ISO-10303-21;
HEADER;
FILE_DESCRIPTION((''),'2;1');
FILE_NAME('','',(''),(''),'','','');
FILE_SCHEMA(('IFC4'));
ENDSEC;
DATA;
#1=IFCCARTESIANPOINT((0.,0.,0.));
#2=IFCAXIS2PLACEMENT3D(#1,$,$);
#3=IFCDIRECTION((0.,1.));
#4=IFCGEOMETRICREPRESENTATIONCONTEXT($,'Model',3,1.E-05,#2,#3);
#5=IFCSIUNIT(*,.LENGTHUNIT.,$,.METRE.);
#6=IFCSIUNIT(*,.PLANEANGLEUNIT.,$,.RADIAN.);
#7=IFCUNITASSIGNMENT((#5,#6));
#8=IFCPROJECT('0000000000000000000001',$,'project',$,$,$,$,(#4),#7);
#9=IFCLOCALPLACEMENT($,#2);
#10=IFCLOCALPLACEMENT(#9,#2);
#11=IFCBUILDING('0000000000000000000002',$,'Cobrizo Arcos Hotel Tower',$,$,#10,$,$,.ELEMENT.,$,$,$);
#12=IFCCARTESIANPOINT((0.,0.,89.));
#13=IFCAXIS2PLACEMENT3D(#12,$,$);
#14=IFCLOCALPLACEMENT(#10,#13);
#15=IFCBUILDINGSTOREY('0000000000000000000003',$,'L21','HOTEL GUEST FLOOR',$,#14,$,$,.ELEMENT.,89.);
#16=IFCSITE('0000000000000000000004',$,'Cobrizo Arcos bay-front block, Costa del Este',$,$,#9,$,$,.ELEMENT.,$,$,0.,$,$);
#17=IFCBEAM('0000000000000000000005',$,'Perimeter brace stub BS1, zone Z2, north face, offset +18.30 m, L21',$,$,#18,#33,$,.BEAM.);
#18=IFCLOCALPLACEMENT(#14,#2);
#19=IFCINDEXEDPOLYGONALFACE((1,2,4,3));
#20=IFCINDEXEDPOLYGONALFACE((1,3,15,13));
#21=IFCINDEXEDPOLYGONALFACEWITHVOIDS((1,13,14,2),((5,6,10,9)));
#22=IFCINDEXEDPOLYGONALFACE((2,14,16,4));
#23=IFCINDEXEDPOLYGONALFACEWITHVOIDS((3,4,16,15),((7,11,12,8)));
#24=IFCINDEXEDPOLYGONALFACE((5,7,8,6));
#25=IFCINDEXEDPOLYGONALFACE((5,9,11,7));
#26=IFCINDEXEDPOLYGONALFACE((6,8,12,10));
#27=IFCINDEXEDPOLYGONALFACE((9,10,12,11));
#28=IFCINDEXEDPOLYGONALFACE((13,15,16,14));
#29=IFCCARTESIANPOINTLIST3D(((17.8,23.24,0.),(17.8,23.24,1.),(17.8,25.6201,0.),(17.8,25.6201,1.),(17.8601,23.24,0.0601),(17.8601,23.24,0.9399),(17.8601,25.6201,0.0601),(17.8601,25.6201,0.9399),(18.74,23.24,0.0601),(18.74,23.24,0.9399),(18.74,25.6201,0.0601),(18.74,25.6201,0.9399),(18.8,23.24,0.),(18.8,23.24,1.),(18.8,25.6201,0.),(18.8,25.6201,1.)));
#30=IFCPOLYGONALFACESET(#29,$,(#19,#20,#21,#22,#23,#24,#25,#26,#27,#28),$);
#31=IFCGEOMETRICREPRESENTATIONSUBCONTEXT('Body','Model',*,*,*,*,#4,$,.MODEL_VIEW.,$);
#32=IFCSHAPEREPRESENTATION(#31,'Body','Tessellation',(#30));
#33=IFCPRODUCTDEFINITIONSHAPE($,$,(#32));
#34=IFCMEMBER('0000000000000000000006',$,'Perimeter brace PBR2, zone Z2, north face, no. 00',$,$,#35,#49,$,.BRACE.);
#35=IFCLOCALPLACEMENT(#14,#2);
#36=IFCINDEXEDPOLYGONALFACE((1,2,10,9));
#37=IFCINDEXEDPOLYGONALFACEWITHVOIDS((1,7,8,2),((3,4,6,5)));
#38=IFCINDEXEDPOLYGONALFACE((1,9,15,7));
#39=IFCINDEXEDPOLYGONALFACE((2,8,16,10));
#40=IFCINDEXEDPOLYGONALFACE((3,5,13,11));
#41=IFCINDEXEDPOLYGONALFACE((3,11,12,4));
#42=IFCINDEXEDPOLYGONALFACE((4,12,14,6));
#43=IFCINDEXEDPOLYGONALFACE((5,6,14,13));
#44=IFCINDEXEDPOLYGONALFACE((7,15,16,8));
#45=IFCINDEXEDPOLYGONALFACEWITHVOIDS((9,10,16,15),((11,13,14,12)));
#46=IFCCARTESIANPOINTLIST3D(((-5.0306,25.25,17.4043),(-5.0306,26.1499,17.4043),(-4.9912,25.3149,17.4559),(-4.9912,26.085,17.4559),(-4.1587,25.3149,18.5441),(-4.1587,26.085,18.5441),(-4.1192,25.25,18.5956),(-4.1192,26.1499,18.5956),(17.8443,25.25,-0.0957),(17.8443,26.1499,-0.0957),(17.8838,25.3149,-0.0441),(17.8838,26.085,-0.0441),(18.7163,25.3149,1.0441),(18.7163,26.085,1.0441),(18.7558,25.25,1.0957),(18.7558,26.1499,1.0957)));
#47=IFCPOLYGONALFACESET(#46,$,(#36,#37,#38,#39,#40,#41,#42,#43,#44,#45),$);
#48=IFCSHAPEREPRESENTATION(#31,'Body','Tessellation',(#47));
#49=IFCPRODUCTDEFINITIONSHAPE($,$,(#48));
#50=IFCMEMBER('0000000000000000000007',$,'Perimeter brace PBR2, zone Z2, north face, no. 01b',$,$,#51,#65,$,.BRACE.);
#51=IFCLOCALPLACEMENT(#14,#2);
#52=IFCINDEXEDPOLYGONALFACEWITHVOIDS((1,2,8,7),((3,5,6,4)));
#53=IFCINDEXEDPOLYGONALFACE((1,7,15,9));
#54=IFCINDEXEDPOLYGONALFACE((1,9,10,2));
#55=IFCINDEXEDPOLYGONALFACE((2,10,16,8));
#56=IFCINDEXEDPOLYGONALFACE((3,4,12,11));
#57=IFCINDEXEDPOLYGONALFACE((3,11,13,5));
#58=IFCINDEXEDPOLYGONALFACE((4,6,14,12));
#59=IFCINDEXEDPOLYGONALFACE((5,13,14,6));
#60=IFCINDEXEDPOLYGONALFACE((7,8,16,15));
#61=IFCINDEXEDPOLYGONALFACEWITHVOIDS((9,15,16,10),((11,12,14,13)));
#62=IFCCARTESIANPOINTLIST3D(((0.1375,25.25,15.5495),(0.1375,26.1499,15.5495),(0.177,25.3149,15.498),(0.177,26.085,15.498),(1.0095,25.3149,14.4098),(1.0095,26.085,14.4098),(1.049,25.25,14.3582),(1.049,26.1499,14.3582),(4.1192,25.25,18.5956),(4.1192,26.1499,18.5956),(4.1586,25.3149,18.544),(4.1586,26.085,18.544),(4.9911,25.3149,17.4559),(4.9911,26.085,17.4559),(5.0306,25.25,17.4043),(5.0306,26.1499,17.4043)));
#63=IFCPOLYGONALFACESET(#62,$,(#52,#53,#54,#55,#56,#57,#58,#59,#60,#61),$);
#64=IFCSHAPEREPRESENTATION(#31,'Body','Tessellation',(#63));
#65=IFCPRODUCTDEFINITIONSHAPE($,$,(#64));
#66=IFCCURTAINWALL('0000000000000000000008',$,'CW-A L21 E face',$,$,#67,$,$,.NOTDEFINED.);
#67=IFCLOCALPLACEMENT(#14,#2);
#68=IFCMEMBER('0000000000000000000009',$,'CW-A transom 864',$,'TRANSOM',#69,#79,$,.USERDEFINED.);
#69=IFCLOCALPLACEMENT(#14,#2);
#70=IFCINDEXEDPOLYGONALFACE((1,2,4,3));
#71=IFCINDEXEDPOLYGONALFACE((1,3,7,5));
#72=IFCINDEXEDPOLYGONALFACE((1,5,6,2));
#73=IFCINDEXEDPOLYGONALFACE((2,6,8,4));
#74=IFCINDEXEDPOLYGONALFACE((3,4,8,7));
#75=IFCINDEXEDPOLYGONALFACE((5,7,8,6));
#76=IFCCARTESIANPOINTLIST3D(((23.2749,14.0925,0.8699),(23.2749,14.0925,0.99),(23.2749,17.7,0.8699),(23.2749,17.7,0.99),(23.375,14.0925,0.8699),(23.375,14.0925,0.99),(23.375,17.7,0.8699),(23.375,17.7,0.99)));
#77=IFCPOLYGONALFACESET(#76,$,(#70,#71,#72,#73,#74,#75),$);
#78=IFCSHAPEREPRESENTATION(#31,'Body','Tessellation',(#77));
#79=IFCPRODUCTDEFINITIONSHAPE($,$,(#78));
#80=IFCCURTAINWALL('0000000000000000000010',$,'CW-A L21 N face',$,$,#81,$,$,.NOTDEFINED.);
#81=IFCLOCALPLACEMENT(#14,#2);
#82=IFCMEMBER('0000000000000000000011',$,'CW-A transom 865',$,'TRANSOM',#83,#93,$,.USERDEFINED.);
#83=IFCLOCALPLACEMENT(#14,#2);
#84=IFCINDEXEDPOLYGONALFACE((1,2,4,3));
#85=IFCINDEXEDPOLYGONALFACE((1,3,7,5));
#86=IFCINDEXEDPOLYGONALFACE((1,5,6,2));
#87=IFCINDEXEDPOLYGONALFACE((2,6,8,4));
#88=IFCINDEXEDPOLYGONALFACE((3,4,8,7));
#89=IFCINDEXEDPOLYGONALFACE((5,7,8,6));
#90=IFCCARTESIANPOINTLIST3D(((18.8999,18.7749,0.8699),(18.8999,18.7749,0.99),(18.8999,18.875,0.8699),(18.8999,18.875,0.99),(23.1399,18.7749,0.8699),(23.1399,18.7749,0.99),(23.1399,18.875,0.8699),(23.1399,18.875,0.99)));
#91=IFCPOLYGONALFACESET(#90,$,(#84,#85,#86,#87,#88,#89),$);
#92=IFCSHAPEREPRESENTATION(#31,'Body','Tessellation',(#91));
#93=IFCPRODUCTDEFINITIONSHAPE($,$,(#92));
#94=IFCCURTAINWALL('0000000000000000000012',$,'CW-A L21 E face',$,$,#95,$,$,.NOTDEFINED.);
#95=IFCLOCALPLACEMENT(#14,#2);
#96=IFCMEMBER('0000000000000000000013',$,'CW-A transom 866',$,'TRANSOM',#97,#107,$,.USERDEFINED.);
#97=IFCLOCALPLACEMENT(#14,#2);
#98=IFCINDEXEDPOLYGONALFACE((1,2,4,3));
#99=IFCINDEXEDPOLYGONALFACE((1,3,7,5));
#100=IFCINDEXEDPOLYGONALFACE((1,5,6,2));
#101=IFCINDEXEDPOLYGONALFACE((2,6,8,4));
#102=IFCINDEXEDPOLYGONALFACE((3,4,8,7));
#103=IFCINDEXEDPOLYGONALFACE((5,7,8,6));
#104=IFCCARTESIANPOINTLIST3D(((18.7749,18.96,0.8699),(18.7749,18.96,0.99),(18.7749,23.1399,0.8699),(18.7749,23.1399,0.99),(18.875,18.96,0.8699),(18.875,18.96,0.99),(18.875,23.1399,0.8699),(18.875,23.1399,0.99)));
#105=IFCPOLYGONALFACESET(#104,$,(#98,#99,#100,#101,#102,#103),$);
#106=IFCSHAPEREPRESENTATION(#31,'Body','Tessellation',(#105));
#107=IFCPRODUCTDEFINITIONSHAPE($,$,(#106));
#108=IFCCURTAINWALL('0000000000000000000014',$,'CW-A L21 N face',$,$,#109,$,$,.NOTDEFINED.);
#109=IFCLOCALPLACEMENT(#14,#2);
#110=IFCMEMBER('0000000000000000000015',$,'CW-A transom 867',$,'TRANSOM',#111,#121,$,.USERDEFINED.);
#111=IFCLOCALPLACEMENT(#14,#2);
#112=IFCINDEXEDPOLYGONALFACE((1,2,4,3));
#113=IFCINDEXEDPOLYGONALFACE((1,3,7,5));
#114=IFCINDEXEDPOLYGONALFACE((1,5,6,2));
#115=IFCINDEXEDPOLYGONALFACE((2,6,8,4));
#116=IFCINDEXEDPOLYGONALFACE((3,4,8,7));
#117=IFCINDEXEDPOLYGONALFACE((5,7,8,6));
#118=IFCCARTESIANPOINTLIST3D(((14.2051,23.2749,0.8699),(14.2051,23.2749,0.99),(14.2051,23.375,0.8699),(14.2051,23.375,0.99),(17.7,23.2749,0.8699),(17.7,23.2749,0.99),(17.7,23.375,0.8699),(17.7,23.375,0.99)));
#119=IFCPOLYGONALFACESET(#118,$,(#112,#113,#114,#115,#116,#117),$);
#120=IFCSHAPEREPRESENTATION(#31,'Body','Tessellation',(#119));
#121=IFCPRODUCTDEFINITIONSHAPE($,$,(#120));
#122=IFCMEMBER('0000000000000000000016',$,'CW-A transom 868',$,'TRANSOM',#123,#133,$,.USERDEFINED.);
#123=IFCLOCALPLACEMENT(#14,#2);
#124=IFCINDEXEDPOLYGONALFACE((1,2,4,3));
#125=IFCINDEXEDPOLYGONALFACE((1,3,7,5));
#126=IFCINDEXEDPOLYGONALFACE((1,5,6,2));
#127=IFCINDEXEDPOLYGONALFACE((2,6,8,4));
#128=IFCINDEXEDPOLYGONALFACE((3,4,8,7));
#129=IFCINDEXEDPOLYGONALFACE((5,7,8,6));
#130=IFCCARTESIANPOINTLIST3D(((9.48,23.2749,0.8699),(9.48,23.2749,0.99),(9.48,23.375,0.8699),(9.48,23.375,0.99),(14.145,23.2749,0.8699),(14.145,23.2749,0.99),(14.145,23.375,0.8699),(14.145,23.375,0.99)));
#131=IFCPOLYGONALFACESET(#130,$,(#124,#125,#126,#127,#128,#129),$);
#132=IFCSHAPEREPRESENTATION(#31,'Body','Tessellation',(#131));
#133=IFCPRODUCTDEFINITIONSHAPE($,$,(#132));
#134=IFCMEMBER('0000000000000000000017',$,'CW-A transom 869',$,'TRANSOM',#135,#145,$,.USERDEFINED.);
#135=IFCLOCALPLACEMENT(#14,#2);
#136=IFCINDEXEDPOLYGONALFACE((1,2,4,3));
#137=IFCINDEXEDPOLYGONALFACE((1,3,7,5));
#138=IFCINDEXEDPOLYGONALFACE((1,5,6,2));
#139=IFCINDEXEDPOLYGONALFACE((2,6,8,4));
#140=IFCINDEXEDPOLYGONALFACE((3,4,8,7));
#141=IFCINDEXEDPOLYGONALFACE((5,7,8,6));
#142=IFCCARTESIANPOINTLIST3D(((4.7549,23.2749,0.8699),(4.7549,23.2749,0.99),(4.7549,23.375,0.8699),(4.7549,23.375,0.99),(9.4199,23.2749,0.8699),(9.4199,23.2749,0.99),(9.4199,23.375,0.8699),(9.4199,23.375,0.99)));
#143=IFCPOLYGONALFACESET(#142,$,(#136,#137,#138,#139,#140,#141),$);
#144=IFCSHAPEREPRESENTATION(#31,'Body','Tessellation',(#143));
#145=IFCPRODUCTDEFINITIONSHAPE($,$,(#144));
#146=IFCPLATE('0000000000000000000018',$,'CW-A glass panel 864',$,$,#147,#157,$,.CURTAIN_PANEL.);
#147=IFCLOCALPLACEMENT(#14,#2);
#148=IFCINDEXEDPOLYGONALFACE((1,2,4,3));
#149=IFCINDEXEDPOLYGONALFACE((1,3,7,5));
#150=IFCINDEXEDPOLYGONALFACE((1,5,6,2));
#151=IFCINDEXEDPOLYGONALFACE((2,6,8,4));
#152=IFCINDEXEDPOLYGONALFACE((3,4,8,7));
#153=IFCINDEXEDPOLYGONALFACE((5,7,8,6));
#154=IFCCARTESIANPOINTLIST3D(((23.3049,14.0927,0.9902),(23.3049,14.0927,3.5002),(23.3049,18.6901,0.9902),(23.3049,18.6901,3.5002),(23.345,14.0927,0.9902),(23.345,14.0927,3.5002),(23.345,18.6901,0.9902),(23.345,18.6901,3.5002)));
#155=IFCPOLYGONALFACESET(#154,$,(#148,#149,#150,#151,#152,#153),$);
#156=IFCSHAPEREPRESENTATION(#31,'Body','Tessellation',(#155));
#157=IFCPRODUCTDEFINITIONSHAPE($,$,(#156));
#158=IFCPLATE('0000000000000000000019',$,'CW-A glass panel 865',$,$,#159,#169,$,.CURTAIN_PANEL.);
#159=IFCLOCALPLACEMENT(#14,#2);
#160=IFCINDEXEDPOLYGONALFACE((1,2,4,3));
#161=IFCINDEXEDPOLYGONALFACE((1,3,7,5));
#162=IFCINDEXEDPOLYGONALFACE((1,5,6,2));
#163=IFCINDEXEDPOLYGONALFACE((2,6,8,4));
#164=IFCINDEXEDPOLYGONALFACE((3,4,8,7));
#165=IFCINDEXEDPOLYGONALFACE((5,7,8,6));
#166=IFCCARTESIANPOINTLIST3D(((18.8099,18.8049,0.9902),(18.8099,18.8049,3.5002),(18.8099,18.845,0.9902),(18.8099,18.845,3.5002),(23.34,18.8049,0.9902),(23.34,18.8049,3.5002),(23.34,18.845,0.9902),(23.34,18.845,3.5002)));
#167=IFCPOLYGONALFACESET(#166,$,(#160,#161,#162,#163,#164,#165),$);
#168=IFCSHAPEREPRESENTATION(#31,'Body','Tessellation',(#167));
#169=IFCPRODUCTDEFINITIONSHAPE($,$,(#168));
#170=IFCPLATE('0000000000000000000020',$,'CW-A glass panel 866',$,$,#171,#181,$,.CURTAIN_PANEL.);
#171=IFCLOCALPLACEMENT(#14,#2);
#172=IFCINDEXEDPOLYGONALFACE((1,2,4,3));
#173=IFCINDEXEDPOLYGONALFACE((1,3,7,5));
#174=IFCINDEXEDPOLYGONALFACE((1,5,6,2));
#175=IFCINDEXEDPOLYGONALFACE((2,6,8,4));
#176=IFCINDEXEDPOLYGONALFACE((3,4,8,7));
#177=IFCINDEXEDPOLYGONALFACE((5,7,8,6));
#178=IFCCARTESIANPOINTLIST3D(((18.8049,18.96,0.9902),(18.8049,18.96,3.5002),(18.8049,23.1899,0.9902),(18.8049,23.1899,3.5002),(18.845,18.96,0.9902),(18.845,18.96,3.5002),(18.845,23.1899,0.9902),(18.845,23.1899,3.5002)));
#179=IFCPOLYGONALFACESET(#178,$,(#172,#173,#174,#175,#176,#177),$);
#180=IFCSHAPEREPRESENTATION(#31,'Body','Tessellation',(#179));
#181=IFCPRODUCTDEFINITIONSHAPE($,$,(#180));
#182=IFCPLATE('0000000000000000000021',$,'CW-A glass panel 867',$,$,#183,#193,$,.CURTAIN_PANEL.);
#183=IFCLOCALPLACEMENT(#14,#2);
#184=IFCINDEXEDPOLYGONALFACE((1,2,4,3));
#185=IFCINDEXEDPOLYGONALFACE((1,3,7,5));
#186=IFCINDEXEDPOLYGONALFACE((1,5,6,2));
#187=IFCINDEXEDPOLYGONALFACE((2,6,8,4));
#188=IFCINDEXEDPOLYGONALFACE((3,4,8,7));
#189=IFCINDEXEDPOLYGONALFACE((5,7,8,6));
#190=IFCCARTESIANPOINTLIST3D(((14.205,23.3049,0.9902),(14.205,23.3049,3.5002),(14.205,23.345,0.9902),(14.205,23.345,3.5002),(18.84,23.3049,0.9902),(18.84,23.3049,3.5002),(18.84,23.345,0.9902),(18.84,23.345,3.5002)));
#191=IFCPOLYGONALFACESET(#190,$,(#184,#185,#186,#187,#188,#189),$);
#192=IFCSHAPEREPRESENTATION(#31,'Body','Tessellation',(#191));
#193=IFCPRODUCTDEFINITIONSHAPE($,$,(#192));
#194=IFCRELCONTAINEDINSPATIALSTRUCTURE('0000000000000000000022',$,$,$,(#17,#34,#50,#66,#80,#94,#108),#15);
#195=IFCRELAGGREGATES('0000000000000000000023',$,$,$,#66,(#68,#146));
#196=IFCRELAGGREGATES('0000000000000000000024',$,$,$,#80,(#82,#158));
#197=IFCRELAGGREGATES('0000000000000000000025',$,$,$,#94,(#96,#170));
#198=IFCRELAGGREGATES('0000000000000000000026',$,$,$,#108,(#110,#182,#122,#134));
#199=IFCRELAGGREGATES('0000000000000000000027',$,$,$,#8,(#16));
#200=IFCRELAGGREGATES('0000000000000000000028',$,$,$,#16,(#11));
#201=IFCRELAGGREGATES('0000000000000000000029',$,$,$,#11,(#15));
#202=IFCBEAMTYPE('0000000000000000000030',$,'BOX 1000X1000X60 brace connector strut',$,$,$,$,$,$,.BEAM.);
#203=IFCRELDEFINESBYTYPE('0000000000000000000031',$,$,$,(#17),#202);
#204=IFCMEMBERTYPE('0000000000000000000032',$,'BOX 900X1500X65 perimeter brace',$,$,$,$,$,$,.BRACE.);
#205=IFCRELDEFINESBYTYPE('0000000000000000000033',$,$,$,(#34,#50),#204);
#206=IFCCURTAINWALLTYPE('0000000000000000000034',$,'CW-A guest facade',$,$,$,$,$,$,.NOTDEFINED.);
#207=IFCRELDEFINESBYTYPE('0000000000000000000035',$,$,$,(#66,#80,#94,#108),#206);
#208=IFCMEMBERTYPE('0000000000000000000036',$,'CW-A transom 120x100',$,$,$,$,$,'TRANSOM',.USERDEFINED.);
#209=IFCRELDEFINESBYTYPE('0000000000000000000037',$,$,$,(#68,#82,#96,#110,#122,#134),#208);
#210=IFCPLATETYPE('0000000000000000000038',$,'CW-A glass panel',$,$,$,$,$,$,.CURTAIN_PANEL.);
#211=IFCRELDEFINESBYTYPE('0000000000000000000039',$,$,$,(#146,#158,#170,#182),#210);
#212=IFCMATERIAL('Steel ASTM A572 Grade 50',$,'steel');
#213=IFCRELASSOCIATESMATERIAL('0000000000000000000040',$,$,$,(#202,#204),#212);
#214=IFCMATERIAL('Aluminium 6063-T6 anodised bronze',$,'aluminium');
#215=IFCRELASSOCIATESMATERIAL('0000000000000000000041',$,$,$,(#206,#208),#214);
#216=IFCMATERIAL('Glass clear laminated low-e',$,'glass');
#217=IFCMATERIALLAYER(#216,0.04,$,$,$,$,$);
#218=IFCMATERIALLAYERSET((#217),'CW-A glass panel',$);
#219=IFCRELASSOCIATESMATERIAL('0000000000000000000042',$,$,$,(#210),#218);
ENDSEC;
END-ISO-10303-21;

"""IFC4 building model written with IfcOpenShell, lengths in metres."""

from ifc_helpers import new_model, si_unit, direction, frame, origin, origin_2d, place, context, subcontext, project, spatial, rectangle, hollow_rectangle, extrude, material, layer, layer_set, material_profile, profile_set, type_object, element, aggregate, save


model = new_model("IFC4")

# Units and contexts
model_context = context("Model", 3, precision=1e-05, world=origin(), true_north=direction((0.0, 1.0)))
body_context = subcontext(model_context, "Body", "Model", "MODEL_VIEW")
ifc_project = project(units=[si_unit("LENGTHUNIT", "METRE"), si_unit("PLANEANGLEUNIT", "RADIAN")], contexts=[model_context])

# Site, building, storey
site_placement = place(None, origin())
site = spatial("IfcSite", under=ifc_project, at=site_placement, Name="Cobrizo Arcos bay-front block, Costa del Este", CompositionType="ELEMENT", RefElevation=0.0)
building_placement = place(site_placement, origin())
building = spatial("IfcBuilding", under=site, at=building_placement, Name="Cobrizo Arcos Hotel Tower", CompositionType="ELEMENT")
storey_placement = place(building_placement, frame((0.0, 0.0, 89.0)))
storey = spatial("IfcBuildingStorey", under=building, at=storey_placement, Name="L21", Description="HOTEL GUEST FLOOR", CompositionType="ELEMENT", Elevation=89.0)

# Beam
ifc_material_1 = material(Name="Steel ASTM A572 Grade 50", Category="steel")
ifc_material_profile_1 = material_profile(ifc_material_1, hollow_rectangle(XDim=1.0, YDim=1.0, WallThickness=0.0601, at=origin_2d()), Name="BOX 1000X1000X60")
ifc_profile_set_1 = profile_set([ifc_material_profile_1], Name="Steel ASTM A572 Grade 50")
beam_type = type_object("IfcBeamType", Name="BOX 1000X1000X60 brace connector strut", PredefinedType="BEAM", material=ifc_profile_set_1)
beam_placement = place(storey_placement, frame((18.3, 23.24, 0.5), z_axis=(0.0, 1.0, 0.0), x_axis=(-1.0, 0.0, 0.0)))
element("IfcBeam", 1, at=beam_placement, inside=storey, type_object=beam_type, Name="Perimeter brace stub BS1, zone Z2, north face, offset +18.30 m, L21", PredefinedType="BEAM", context=body_context, shape_type="SweptSolid", body=[
    extrude(hollow_rectangle(XDim=1.0, YDim=1.0, WallThickness=0.0601, at=origin_2d()), origin(), (0.0, 0.0, 1.0), 2.3801),
])

# Members
ifc_material_profile_2 = material_profile(ifc_material_1, hollow_rectangle(XDim=0.8999, YDim=1.5, WallThickness=0.0649, at=origin_2d()), Name="BOX 900X1500X65")
ifc_profile_set_2 = profile_set([ifc_material_profile_2], Name="Steel ASTM A572 Grade 50")
member_type_1 = type_object("IfcMemberType", Name="BOX 900X1500X65 perimeter brace", PredefinedType="BRACE", material=ifc_profile_set_2)
member_1_placement = place(storey_placement, frame((18.3, 25.7, 0.5), z_axis=(-0.794235, 0.0, 0.607611), x_axis=(0.0, -1.0, 0.0)))
element("IfcMember", 2, at=member_1_placement, inside=storey, type_object=member_type_1, Name="Perimeter brace PBR2, zone Z2, north face, no. 00", PredefinedType="BRACE", context=body_context, shape_type="SweptSolid", body=[
    extrude(hollow_rectangle(XDim=0.8999, YDim=1.5, WallThickness=0.0649, at=origin_2d()), origin(), (0.0, 0.0, 1.0), 28.8013),
])
member_2_placement = place(storey_placement, frame((0.5933, 25.7, 14.9539), z_axis=(0.794231, 0.0, 0.607616), x_axis=(0.0, 1.0, 0.0)))
element("IfcMember", 3, at=member_2_placement, inside=storey, type_object=member_type_1, Name="Perimeter brace PBR2, zone Z2, north face, no. 01b", PredefinedType="BRACE", context=body_context, shape_type="SweptSolid", body=[
    extrude(hollow_rectangle(XDim=0.8999, YDim=1.5, WallThickness=0.0649, at=origin_2d()), origin(), (0.0, 0.0, 1.0), 5.0132),
])

# Curtain walls, members
ifc_material_2 = material(Name="Aluminium 6063-T6 anodised bronze", Category="aluminium")
curtain_wall_type = type_object("IfcCurtainWallType", Name="CW-A guest facade", PredefinedType="NOTDEFINED", material=ifc_material_2)
curtain_wall_1_placement = place(storey_placement, origin())
curtain_wall_1 = element("IfcCurtainWall", 4, at=curtain_wall_1_placement, inside=storey, type_object=curtain_wall_type, Name="CW-A L21 E face", PredefinedType="NOTDEFINED")
ifc_material_profile_3 = material_profile(ifc_material_2, rectangle(XDim=0.1001, YDim=0.1201, at=origin_2d()), Name="CW-A transom 120x100")
ifc_profile_set_3 = profile_set([ifc_material_profile_3], Name="Aluminium 6063-T6 anodised bronze")
member_type_2 = type_object("IfcMemberType", Name="CW-A transom 120x100", ElementType="TRANSOM", PredefinedType="USERDEFINED", material=ifc_profile_set_3)
member_3_placement = place(storey_placement, frame((23.325, 14.0925, 0.9299), z_axis=(0.0, 1.0, 0.0), x_axis=(-1.0, 0.0, 0.0)))
member_3 = element("IfcMember", 5, at=member_3_placement, type_object=member_type_2, Name="CW-A transom 864", ObjectType="TRANSOM", PredefinedType="USERDEFINED", context=body_context, shape_type="SweptSolid", body=[
    extrude(rectangle(XDim=0.1001, YDim=0.1201, at=origin_2d()), origin(), (0.0, 0.0, 1.0), 3.6074),
])
curtain_wall_2_placement = place(storey_placement, origin())
curtain_wall_2 = element("IfcCurtainWall", 6, at=curtain_wall_2_placement, inside=storey, type_object=curtain_wall_type, Name="CW-A L21 N face", PredefinedType="NOTDEFINED")
member_4_placement = place(storey_placement, frame((23.1399, 18.825, 0.9299), z_axis=(-1.0, 0.0, 0.0), x_axis=(0.0, -1.0, 0.0)))
member_4 = element("IfcMember", 7, at=member_4_placement, type_object=member_type_2, Name="CW-A transom 865", ObjectType="TRANSOM", PredefinedType="USERDEFINED", context=body_context, shape_type="SweptSolid", body=[
    extrude(rectangle(XDim=0.1001, YDim=0.1201, at=origin_2d()), origin(), (0.0, 0.0, 1.0), 4.24),
])
curtain_wall_3_placement = place(storey_placement, origin())
curtain_wall_3 = element("IfcCurtainWall", 8, at=curtain_wall_3_placement, inside=storey, type_object=curtain_wall_type, Name="CW-A L21 E face", PredefinedType="NOTDEFINED")
member_5_placement = place(storey_placement, frame((18.825, 18.96, 0.9299), z_axis=(0.0, 1.0, 0.0), x_axis=(-1.0, 0.0, 0.0)))
member_5 = element("IfcMember", 9, at=member_5_placement, type_object=member_type_2, Name="CW-A transom 866", ObjectType="TRANSOM", PredefinedType="USERDEFINED", context=body_context, shape_type="SweptSolid", body=[
    extrude(rectangle(XDim=0.1001, YDim=0.1201, at=origin_2d()), origin(), (0.0, 0.0, 1.0), 4.1799),
])

# Curtain wall, members
curtain_wall_4_placement = place(storey_placement, origin())
curtain_wall_4 = element("IfcCurtainWall", 10, at=curtain_wall_4_placement, inside=storey, type_object=curtain_wall_type, Name="CW-A L21 N face", PredefinedType="NOTDEFINED")
member_6_placement = place(storey_placement, frame((17.7, 23.325, 0.9299), z_axis=(-1.0, 0.0, 0.0), x_axis=(0.0, -1.0, 0.0)))
member_6 = element("IfcMember", 11, at=member_6_placement, type_object=member_type_2, Name="CW-A transom 867", ObjectType="TRANSOM", PredefinedType="USERDEFINED", context=body_context, shape_type="SweptSolid", body=[
    extrude(rectangle(XDim=0.1001, YDim=0.1201, at=origin_2d()), origin(), (0.0, 0.0, 1.0), 3.4949),
])
member_7_placement = place(storey_placement, frame((14.145, 23.325, 0.9299), z_axis=(-1.0, 0.0, 0.0), x_axis=(0.0, -1.0, 0.0)))
member_7 = element("IfcMember", 12, at=member_7_placement, type_object=member_type_2, Name="CW-A transom 868", ObjectType="TRANSOM", PredefinedType="USERDEFINED", context=body_context, shape_type="SweptSolid", body=[
    extrude(rectangle(XDim=0.1001, YDim=0.1201, at=origin_2d()), origin(), (0.0, 0.0, 1.0), 4.665),
])
member_8_placement = place(storey_placement, frame((9.4199, 23.325, 0.9299), z_axis=(-1.0, 0.0, 0.0), x_axis=(0.0, -1.0, 0.0)))
member_8 = element("IfcMember", 13, at=member_8_placement, type_object=member_type_2, Name="CW-A transom 869", ObjectType="TRANSOM", PredefinedType="USERDEFINED", context=body_context, shape_type="SweptSolid", body=[
    extrude(rectangle(XDim=0.1001, YDim=0.1201, at=origin_2d()), origin(), (0.0, 0.0, 1.0), 4.665),
])

# Plates
ifc_material_3 = material(Name="Glass clear laminated low-e", Category="glass")
ifc_layer_1 = layer(ifc_material_3, 0.04)
ifc_layer_set_1 = layer_set([ifc_layer_1], Name="CW-A glass panel")
plate_type = type_object("IfcPlateType", Name="CW-A glass panel", PredefinedType="CURTAIN_PANEL", material=ifc_layer_set_1)
plate_1_placement = place(storey_placement, frame((23.325, 16.3914, 0.9902), z_axis=(0.0, 0.0, 1.0), x_axis=(0.0, 1.0, 0.0)))
plate_1 = element("IfcPlate", 14, at=plate_1_placement, type_object=plate_type, Name="CW-A glass panel 864", PredefinedType="CURTAIN_PANEL", context=body_context, shape_type="SweptSolid", body=[
    extrude(rectangle(XDim=4.5974, YDim=0.04, at=origin_2d()), origin(), (0.0, 0.0, 1.0), 2.51),
])
aggregate(curtain_wall_1, [member_3, plate_1])
plate_2_placement = place(storey_placement, frame((21.075, 18.825, 0.9902), z_axis=(0.0, 0.0, 1.0), x_axis=(-1.0, 0.0, 0.0)))
plate_2 = element("IfcPlate", 15, at=plate_2_placement, type_object=plate_type, Name="CW-A glass panel 865", PredefinedType="CURTAIN_PANEL", context=body_context, shape_type="SweptSolid", body=[
    extrude(rectangle(XDim=4.53, YDim=0.04, at=origin_2d()), origin(), (0.0, 0.0, 1.0), 2.51),
])
aggregate(curtain_wall_2, [member_4, plate_2])
plate_3_placement = place(storey_placement, frame((18.825, 21.075, 0.9902), z_axis=(0.0, 0.0, 1.0), x_axis=(0.0, 1.0, 0.0)))
plate_3 = element("IfcPlate", 16, at=plate_3_placement, type_object=plate_type, Name="CW-A glass panel 866", PredefinedType="CURTAIN_PANEL", context=body_context, shape_type="SweptSolid", body=[
    extrude(rectangle(XDim=4.23, YDim=0.04, at=origin_2d()), origin(), (0.0, 0.0, 1.0), 2.51),
])
aggregate(curtain_wall_3, [member_5, plate_3])
plate_4_placement = place(storey_placement, frame((16.5225, 23.325, 0.9902), z_axis=(0.0, 0.0, 1.0), x_axis=(-1.0, 0.0, 0.0)))
plate_4 = element("IfcPlate", 17, at=plate_4_placement, type_object=plate_type, Name="CW-A glass panel 867", PredefinedType="CURTAIN_PANEL", context=body_context, shape_type="SweptSolid", body=[
    extrude(rectangle(XDim=4.635, YDim=0.04, at=origin_2d()), origin(), (0.0, 0.0, 1.0), 2.51),
])
aggregate(curtain_wall_4, [member_6, plate_4, member_7, member_8])

save(model, "model.ifc")
